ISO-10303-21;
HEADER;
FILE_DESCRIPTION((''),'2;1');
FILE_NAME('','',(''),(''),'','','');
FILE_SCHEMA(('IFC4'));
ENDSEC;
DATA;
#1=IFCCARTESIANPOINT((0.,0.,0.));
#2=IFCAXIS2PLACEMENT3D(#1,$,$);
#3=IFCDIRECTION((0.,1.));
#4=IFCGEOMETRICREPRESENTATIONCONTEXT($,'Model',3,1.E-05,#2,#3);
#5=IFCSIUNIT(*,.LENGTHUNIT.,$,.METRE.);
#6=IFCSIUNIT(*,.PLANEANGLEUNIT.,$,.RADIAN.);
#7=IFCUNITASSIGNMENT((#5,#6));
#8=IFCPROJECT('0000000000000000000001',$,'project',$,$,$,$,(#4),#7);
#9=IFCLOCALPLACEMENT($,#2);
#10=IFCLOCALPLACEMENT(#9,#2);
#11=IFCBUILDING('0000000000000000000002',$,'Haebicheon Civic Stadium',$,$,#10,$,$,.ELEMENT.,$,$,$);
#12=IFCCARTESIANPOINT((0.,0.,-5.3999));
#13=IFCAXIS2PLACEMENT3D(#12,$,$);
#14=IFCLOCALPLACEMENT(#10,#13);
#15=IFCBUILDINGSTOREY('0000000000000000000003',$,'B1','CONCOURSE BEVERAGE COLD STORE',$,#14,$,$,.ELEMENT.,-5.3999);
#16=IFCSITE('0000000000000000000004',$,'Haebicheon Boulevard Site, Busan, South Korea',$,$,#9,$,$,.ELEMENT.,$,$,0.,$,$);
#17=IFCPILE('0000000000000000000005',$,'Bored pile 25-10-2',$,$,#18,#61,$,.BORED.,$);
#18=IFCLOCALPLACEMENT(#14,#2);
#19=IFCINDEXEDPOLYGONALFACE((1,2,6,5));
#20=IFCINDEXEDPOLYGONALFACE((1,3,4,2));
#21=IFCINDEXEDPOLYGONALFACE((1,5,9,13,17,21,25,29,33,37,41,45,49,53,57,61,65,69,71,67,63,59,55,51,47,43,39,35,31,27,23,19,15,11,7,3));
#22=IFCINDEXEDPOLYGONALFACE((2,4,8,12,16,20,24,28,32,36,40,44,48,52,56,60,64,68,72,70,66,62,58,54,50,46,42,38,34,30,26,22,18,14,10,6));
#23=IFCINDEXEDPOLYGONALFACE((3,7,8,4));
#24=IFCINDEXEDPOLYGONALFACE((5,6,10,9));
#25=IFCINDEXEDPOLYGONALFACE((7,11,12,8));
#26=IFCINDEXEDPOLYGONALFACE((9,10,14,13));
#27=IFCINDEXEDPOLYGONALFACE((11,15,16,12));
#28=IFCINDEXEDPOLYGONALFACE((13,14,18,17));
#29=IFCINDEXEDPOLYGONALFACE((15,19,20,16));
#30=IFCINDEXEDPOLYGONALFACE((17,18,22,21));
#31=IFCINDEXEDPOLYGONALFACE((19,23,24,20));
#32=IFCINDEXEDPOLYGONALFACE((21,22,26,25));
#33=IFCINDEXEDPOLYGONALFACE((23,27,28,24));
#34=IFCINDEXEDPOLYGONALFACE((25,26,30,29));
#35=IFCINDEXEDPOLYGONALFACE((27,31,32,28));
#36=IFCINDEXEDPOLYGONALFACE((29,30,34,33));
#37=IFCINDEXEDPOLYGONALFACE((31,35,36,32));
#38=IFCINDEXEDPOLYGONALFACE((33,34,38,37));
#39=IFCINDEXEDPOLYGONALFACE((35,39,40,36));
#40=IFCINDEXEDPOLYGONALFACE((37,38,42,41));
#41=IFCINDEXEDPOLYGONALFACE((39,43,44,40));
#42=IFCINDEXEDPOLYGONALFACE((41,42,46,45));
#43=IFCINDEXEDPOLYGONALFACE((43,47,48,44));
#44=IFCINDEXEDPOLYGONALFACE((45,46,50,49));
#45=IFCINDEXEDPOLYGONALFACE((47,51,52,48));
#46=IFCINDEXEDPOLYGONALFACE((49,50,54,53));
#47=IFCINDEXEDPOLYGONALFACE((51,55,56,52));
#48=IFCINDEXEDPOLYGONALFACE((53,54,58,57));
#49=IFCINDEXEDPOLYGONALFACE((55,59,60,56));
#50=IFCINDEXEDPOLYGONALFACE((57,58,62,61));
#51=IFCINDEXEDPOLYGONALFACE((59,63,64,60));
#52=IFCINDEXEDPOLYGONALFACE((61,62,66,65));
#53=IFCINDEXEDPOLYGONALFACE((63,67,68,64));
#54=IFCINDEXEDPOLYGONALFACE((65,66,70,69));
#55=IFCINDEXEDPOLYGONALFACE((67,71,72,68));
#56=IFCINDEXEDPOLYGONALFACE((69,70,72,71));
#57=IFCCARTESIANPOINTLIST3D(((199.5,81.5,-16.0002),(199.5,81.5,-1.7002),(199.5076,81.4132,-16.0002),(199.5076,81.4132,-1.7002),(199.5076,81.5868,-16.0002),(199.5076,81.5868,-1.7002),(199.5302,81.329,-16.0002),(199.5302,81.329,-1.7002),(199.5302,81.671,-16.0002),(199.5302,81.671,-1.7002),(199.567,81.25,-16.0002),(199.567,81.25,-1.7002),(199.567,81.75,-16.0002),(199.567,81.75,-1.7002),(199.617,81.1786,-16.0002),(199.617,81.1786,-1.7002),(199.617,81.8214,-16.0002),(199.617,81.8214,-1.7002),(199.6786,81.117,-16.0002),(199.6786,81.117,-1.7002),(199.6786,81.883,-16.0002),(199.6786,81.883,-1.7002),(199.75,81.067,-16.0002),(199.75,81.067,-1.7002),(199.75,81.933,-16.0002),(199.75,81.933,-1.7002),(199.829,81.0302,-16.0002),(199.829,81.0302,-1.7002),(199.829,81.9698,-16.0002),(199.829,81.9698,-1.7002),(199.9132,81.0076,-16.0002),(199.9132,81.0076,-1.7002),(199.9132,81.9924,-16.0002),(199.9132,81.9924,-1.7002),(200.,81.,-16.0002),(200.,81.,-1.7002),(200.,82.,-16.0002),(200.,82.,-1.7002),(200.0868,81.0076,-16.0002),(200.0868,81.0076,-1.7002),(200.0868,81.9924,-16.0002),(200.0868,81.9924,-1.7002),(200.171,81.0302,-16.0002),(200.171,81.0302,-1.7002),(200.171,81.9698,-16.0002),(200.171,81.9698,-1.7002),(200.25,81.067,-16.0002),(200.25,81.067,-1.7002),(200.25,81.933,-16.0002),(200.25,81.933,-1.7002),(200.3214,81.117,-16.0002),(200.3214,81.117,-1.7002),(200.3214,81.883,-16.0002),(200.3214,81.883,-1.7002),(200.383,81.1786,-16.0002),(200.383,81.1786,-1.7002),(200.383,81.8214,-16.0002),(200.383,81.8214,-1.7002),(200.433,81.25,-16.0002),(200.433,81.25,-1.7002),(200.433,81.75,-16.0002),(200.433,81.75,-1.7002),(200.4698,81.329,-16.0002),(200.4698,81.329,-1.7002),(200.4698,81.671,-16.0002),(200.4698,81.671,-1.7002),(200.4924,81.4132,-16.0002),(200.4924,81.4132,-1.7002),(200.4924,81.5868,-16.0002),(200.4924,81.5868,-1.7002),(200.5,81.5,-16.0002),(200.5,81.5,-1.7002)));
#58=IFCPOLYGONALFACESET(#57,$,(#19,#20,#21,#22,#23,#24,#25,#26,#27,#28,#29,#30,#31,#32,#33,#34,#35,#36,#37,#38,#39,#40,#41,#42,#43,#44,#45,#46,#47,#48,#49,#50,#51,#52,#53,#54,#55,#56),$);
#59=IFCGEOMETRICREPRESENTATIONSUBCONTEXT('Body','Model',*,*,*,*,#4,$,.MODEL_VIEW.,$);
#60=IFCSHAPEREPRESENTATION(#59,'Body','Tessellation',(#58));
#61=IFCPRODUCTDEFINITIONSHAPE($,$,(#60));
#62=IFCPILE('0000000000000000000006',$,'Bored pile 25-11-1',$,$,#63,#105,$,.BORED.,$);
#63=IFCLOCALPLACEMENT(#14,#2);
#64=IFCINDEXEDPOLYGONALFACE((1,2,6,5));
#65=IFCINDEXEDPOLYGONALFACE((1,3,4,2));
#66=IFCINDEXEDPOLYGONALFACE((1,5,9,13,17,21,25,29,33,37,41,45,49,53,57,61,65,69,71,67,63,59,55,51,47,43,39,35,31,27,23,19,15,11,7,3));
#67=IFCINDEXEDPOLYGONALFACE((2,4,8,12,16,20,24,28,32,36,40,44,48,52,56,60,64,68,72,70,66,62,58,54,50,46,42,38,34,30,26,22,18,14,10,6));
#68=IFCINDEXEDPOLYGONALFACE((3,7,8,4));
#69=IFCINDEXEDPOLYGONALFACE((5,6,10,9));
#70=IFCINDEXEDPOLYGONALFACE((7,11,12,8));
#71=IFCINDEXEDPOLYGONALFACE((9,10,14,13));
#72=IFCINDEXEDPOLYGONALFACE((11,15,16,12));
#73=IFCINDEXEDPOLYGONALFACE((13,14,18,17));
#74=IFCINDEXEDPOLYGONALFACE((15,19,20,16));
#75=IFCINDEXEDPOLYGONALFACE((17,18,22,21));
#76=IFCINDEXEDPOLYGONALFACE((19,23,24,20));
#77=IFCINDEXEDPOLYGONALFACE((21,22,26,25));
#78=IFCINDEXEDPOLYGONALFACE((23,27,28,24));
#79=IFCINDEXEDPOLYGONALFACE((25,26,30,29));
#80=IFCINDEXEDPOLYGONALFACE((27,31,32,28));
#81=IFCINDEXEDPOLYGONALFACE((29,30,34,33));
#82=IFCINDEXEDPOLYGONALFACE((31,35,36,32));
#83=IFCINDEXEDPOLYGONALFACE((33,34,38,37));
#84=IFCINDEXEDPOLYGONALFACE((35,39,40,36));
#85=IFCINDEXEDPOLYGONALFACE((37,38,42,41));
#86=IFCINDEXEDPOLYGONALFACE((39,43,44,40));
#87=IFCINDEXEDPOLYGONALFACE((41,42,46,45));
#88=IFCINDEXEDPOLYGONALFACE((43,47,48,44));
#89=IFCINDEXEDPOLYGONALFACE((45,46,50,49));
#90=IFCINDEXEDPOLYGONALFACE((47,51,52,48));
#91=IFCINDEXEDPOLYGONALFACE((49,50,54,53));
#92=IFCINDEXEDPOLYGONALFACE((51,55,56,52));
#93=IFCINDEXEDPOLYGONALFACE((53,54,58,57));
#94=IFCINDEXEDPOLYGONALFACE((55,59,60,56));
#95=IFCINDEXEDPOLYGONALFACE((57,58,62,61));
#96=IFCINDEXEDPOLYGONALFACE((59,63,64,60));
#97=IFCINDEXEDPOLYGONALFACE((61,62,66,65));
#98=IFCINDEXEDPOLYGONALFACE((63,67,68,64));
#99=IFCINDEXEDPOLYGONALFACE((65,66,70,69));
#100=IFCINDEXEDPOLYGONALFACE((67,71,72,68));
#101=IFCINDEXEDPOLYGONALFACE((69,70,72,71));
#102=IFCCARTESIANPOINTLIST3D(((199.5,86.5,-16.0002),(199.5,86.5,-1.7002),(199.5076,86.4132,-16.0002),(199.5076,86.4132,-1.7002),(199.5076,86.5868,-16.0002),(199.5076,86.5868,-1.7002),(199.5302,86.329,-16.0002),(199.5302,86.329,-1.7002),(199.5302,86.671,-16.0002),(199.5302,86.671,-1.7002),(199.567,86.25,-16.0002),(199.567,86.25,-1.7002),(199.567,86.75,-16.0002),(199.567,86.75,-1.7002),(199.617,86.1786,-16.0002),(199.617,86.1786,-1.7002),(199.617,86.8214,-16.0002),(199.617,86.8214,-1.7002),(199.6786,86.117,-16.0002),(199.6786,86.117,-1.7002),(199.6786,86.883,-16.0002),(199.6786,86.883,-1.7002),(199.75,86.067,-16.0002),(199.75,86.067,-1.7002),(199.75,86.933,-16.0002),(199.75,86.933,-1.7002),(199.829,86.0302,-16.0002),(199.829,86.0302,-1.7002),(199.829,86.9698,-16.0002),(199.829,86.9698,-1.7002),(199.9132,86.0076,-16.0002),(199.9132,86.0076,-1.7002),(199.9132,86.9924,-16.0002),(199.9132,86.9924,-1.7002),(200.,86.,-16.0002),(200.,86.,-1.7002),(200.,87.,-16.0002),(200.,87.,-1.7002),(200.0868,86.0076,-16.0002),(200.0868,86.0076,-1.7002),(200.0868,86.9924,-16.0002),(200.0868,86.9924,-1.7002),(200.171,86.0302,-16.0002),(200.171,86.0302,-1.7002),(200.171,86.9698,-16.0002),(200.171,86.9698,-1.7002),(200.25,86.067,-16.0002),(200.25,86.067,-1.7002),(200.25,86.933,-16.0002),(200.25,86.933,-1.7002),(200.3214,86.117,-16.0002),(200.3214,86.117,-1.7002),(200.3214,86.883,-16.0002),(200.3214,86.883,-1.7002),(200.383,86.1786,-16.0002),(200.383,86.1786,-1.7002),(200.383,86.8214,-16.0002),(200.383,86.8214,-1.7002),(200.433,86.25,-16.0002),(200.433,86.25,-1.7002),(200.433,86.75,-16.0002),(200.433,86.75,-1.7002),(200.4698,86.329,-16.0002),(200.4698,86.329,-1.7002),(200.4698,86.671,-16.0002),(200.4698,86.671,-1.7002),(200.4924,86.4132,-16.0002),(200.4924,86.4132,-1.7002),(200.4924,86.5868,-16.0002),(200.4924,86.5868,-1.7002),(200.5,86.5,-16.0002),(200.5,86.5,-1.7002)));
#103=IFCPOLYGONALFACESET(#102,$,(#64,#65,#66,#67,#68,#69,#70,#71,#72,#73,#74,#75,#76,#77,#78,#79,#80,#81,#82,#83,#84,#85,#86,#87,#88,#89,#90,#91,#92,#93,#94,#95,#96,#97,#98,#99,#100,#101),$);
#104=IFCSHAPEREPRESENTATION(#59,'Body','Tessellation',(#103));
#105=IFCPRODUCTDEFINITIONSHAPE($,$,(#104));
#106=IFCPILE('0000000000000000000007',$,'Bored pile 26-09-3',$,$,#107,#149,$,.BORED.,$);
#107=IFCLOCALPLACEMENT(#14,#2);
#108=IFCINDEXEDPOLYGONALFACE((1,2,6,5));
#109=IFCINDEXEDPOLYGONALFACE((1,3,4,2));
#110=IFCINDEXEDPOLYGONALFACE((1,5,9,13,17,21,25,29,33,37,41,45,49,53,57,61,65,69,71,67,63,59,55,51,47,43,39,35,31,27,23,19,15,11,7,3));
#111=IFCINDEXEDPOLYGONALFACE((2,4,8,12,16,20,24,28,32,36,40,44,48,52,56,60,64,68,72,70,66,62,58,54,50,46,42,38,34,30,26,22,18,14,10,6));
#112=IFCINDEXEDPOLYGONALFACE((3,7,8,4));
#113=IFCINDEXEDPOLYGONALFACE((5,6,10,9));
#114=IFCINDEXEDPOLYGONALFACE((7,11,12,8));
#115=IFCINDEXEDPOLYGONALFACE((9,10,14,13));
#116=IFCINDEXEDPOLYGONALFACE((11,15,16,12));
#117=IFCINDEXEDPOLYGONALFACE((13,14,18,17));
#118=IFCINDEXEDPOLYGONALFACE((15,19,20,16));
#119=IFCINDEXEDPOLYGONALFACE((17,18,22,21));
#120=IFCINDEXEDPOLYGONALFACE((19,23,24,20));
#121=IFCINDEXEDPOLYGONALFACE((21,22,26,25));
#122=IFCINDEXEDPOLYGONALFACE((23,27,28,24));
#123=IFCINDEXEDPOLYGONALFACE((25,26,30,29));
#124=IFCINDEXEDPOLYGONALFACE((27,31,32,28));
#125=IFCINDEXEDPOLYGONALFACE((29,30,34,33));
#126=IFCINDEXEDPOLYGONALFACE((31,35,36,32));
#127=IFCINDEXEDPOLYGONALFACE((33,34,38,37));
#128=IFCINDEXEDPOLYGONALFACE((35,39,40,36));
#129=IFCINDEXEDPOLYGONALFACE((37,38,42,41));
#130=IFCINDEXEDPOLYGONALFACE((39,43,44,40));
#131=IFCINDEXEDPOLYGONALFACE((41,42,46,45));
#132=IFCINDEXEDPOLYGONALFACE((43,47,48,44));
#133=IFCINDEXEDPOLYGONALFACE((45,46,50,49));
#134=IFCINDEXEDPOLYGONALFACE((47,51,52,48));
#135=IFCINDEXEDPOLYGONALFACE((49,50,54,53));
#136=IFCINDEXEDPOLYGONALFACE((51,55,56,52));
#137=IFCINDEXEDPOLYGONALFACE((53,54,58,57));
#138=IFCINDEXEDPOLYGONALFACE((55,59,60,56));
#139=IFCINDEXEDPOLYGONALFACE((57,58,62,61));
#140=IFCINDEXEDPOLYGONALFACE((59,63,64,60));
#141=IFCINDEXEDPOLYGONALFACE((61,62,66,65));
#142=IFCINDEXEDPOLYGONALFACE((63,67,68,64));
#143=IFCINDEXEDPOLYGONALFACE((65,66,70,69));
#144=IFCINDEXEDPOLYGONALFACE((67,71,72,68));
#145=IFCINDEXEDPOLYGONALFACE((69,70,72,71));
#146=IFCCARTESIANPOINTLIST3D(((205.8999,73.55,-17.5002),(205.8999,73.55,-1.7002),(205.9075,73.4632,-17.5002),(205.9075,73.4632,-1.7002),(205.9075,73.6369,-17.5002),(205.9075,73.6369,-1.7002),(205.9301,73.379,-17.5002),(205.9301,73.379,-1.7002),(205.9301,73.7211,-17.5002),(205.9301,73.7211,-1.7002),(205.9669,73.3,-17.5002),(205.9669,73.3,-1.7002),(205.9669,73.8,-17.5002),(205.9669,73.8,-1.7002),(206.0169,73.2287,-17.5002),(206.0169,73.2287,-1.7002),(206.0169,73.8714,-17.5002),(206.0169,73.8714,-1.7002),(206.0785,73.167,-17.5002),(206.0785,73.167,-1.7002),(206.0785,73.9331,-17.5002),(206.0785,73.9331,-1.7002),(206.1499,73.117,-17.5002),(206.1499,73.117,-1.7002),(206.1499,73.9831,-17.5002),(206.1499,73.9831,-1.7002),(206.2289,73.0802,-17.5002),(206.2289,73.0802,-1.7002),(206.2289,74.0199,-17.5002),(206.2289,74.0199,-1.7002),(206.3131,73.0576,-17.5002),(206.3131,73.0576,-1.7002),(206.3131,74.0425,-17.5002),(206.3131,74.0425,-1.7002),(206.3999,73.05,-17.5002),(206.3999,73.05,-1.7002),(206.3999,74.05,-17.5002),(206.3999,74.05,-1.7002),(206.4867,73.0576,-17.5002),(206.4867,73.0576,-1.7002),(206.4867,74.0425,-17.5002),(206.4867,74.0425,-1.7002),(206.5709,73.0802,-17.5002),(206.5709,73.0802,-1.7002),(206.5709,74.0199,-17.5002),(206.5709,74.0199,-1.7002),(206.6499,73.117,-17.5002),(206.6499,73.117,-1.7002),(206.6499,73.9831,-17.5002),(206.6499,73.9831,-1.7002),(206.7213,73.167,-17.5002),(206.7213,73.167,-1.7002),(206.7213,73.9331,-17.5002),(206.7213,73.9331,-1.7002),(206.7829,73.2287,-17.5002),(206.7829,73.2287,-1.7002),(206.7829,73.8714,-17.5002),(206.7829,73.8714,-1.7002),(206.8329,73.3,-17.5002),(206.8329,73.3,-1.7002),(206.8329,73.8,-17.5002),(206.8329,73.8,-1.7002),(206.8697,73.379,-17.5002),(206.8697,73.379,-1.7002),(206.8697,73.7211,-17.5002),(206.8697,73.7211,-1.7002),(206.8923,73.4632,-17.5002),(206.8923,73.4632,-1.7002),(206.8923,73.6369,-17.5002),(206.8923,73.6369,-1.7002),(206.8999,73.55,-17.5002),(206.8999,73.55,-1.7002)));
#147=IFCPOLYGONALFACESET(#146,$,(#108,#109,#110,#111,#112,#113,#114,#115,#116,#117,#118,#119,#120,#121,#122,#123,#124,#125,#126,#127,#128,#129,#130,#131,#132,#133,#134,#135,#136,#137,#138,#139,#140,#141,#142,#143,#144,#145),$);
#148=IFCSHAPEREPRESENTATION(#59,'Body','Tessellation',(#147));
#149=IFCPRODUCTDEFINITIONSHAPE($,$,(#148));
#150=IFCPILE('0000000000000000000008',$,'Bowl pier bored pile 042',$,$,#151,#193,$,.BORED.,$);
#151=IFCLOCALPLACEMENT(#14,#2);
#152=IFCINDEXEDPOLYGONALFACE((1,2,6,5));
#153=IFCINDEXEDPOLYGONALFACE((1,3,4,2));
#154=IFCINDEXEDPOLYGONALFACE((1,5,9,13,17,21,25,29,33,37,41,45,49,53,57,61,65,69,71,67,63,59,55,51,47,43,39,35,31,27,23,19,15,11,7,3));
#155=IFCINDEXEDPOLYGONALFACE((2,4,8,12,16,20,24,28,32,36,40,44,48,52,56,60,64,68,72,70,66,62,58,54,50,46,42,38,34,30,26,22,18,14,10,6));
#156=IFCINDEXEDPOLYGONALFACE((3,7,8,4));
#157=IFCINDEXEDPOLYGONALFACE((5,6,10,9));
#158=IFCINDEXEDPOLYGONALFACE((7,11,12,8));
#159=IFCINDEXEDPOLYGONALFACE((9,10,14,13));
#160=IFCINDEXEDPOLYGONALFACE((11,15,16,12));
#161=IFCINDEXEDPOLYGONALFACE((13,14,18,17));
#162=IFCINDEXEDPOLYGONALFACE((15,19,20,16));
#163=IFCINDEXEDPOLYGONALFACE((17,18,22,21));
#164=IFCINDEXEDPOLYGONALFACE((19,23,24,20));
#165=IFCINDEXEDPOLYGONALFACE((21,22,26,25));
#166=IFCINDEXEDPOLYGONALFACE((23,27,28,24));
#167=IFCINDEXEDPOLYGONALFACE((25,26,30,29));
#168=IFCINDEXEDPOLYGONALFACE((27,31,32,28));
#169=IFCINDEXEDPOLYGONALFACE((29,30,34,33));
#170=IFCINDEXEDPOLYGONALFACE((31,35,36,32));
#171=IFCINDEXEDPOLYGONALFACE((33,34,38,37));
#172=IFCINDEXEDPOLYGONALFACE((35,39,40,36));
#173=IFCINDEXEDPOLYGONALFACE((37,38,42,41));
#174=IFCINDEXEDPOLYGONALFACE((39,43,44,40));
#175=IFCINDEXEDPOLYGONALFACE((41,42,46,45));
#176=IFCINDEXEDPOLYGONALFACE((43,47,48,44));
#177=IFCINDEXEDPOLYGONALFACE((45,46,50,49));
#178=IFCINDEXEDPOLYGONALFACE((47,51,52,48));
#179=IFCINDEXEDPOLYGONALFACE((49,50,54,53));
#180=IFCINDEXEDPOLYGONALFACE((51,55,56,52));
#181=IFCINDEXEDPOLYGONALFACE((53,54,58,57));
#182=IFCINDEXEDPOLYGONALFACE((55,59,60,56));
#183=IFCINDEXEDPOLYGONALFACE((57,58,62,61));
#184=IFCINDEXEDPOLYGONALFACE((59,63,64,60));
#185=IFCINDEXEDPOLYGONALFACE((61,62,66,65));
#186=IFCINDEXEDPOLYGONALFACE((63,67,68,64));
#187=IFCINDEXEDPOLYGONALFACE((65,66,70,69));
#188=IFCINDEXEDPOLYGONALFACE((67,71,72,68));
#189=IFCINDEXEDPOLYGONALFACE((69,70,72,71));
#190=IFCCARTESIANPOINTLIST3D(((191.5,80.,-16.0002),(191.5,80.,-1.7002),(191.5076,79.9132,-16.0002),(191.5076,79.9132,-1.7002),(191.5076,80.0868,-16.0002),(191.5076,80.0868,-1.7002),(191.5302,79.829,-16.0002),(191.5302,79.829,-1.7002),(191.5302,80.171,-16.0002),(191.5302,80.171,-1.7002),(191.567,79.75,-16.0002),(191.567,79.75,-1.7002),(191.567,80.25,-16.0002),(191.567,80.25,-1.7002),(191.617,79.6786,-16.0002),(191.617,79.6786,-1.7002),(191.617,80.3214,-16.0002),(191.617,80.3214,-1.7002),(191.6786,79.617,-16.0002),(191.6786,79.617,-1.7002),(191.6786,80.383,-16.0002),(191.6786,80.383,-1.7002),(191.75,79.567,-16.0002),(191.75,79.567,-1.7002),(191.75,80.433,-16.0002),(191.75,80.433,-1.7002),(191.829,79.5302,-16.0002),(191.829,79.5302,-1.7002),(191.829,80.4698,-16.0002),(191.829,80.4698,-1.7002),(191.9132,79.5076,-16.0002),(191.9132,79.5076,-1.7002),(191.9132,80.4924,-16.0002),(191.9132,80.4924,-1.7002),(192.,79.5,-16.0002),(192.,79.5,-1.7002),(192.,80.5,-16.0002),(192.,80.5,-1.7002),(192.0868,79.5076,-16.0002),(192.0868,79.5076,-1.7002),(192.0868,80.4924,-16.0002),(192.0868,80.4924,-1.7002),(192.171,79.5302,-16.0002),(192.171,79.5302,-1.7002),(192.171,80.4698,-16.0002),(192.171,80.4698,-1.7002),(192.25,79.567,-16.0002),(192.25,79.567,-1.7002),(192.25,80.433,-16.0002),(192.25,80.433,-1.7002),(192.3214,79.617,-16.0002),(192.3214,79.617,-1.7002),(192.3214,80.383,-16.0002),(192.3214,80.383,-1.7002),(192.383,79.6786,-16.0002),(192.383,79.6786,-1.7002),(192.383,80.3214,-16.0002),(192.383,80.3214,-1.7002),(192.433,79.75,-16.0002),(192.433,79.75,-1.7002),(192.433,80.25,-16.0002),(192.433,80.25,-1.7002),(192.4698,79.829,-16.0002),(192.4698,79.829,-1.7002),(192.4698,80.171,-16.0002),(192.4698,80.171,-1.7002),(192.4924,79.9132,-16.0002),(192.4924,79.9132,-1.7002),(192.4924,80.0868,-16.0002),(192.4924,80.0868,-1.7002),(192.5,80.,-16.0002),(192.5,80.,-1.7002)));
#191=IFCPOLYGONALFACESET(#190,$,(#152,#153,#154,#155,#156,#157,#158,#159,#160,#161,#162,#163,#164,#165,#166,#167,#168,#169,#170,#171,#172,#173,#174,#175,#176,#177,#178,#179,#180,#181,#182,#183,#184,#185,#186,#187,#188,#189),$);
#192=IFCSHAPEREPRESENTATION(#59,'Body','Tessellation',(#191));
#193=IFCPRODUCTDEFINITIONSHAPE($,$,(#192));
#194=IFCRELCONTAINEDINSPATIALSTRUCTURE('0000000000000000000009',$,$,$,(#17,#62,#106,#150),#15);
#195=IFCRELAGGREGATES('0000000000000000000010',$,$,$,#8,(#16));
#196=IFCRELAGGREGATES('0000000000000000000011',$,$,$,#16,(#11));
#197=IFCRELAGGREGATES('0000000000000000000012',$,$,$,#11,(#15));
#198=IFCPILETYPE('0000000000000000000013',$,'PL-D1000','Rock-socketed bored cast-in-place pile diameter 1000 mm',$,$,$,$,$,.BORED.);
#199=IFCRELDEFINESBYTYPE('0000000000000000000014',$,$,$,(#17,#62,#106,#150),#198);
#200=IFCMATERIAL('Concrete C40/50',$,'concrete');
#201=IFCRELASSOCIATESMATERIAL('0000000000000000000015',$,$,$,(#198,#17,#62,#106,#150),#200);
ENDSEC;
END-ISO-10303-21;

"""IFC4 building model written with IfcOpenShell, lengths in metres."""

from ifc_helpers import new_model, si_unit, direction, frame, origin, origin_2d, place, context, subcontext, project, spatial, circle, extrude, material, material_profile, profile_set, type_object, element, save


model = new_model("IFC4")

# Units and contexts
model_context = context("Model", 3, precision=1e-05, world=origin(), true_north=direction((0.0, 1.0)))
body_context = subcontext(model_context, "Body", "Model", "MODEL_VIEW")
ifc_project = project(units=[si_unit("LENGTHUNIT", "METRE"), si_unit("PLANEANGLEUNIT", "RADIAN")], contexts=[model_context])

# Site, building, storey
site_placement = place(None, origin())
site = spatial("IfcSite", under=ifc_project, at=site_placement, Name="Haebicheon Boulevard Site, Busan, South Korea", CompositionType="ELEMENT", RefElevation=0.0)
building_placement = place(site_placement, origin())
building = spatial("IfcBuilding", under=site, at=building_placement, Name="Haebicheon Civic Stadium", CompositionType="ELEMENT")
storey_placement = place(building_placement, frame((0.0, 0.0, -5.3999)))
storey = spatial("IfcBuildingStorey", under=building, at=storey_placement, Name="B1", Description="CONCOURSE BEVERAGE COLD STORE", CompositionType="ELEMENT", Elevation=-5.3999)

# Piles
ifc_material_1 = material(Name="Concrete C40/50", Category="concrete")
ifc_material_profile_1 = material_profile(ifc_material_1, circle(Radius=0.5, at=origin_2d()), Name="PILE-D1000")
ifc_profile_set_1 = profile_set([ifc_material_profile_1], Name="Concrete C40/50")
pile_type = type_object("IfcPileType", Name="PL-D1000", Description="Rock-socketed bored cast-in-place pile diameter 1000 mm", PredefinedType="BORED", material=ifc_profile_set_1)
for number, where, z_axis, x_axis, name in (
    (1, (200.0, 81.5, -1.7002), (0.0, 0.0, -1.0), (1.0, 0.0, 0.0), "Bored pile 25-10-2"),
    (2, (200.0, 86.5, -1.7002), (0.0, 0.0, -1.0), (1.0, 0.0, 0.0), "Bored pile 25-11-1"),
):
    element("IfcPile", number, at=place(storey_placement, frame(where, z_axis=z_axis, x_axis=x_axis)), inside=storey, type_object=pile_type, material=ifc_profile_set_1, Name=name, PredefinedType="BORED", context=body_context, shape_type="SweptSolid", body=[
        extrude(circle(Radius=0.5, at=origin_2d()), origin(), (0.0, 0.0, 1.0), 14.3),
    ])
pile_placement = place(storey_placement, frame((206.3999, 73.55, -1.7002), z_axis=(0.0, 0.0, -1.0), x_axis=(1.0, 0.0, 0.0)))
element("IfcPile", 3, at=pile_placement, inside=storey, type_object=pile_type, material=ifc_profile_set_1, Name="Bored pile 26-09-3", PredefinedType="BORED", context=body_context, shape_type="SweptSolid", body=[
    extrude(circle(Radius=0.5, at=origin_2d()), origin(), (0.0, 0.0, 1.0), 15.8),
])
for number, where, z_axis, x_axis, name in (
    (4, (192.0, 80.0, -1.7002), (0.0, 0.0, -1.0), (1.0, 0.0, 0.0), "Bowl pier bored pile 042"),
):
    element("IfcPile", number, at=place(storey_placement, frame(where, z_axis=z_axis, x_axis=x_axis)), inside=storey, type_object=pile_type, material=ifc_profile_set_1, Name=name, PredefinedType="BORED", context=body_context, shape_type="SweptSolid", body=[
        extrude(circle(Radius=0.5, at=origin_2d()), origin(), (0.0, 0.0, 1.0), 14.3),
    ])

save(model, "model.ifc")
